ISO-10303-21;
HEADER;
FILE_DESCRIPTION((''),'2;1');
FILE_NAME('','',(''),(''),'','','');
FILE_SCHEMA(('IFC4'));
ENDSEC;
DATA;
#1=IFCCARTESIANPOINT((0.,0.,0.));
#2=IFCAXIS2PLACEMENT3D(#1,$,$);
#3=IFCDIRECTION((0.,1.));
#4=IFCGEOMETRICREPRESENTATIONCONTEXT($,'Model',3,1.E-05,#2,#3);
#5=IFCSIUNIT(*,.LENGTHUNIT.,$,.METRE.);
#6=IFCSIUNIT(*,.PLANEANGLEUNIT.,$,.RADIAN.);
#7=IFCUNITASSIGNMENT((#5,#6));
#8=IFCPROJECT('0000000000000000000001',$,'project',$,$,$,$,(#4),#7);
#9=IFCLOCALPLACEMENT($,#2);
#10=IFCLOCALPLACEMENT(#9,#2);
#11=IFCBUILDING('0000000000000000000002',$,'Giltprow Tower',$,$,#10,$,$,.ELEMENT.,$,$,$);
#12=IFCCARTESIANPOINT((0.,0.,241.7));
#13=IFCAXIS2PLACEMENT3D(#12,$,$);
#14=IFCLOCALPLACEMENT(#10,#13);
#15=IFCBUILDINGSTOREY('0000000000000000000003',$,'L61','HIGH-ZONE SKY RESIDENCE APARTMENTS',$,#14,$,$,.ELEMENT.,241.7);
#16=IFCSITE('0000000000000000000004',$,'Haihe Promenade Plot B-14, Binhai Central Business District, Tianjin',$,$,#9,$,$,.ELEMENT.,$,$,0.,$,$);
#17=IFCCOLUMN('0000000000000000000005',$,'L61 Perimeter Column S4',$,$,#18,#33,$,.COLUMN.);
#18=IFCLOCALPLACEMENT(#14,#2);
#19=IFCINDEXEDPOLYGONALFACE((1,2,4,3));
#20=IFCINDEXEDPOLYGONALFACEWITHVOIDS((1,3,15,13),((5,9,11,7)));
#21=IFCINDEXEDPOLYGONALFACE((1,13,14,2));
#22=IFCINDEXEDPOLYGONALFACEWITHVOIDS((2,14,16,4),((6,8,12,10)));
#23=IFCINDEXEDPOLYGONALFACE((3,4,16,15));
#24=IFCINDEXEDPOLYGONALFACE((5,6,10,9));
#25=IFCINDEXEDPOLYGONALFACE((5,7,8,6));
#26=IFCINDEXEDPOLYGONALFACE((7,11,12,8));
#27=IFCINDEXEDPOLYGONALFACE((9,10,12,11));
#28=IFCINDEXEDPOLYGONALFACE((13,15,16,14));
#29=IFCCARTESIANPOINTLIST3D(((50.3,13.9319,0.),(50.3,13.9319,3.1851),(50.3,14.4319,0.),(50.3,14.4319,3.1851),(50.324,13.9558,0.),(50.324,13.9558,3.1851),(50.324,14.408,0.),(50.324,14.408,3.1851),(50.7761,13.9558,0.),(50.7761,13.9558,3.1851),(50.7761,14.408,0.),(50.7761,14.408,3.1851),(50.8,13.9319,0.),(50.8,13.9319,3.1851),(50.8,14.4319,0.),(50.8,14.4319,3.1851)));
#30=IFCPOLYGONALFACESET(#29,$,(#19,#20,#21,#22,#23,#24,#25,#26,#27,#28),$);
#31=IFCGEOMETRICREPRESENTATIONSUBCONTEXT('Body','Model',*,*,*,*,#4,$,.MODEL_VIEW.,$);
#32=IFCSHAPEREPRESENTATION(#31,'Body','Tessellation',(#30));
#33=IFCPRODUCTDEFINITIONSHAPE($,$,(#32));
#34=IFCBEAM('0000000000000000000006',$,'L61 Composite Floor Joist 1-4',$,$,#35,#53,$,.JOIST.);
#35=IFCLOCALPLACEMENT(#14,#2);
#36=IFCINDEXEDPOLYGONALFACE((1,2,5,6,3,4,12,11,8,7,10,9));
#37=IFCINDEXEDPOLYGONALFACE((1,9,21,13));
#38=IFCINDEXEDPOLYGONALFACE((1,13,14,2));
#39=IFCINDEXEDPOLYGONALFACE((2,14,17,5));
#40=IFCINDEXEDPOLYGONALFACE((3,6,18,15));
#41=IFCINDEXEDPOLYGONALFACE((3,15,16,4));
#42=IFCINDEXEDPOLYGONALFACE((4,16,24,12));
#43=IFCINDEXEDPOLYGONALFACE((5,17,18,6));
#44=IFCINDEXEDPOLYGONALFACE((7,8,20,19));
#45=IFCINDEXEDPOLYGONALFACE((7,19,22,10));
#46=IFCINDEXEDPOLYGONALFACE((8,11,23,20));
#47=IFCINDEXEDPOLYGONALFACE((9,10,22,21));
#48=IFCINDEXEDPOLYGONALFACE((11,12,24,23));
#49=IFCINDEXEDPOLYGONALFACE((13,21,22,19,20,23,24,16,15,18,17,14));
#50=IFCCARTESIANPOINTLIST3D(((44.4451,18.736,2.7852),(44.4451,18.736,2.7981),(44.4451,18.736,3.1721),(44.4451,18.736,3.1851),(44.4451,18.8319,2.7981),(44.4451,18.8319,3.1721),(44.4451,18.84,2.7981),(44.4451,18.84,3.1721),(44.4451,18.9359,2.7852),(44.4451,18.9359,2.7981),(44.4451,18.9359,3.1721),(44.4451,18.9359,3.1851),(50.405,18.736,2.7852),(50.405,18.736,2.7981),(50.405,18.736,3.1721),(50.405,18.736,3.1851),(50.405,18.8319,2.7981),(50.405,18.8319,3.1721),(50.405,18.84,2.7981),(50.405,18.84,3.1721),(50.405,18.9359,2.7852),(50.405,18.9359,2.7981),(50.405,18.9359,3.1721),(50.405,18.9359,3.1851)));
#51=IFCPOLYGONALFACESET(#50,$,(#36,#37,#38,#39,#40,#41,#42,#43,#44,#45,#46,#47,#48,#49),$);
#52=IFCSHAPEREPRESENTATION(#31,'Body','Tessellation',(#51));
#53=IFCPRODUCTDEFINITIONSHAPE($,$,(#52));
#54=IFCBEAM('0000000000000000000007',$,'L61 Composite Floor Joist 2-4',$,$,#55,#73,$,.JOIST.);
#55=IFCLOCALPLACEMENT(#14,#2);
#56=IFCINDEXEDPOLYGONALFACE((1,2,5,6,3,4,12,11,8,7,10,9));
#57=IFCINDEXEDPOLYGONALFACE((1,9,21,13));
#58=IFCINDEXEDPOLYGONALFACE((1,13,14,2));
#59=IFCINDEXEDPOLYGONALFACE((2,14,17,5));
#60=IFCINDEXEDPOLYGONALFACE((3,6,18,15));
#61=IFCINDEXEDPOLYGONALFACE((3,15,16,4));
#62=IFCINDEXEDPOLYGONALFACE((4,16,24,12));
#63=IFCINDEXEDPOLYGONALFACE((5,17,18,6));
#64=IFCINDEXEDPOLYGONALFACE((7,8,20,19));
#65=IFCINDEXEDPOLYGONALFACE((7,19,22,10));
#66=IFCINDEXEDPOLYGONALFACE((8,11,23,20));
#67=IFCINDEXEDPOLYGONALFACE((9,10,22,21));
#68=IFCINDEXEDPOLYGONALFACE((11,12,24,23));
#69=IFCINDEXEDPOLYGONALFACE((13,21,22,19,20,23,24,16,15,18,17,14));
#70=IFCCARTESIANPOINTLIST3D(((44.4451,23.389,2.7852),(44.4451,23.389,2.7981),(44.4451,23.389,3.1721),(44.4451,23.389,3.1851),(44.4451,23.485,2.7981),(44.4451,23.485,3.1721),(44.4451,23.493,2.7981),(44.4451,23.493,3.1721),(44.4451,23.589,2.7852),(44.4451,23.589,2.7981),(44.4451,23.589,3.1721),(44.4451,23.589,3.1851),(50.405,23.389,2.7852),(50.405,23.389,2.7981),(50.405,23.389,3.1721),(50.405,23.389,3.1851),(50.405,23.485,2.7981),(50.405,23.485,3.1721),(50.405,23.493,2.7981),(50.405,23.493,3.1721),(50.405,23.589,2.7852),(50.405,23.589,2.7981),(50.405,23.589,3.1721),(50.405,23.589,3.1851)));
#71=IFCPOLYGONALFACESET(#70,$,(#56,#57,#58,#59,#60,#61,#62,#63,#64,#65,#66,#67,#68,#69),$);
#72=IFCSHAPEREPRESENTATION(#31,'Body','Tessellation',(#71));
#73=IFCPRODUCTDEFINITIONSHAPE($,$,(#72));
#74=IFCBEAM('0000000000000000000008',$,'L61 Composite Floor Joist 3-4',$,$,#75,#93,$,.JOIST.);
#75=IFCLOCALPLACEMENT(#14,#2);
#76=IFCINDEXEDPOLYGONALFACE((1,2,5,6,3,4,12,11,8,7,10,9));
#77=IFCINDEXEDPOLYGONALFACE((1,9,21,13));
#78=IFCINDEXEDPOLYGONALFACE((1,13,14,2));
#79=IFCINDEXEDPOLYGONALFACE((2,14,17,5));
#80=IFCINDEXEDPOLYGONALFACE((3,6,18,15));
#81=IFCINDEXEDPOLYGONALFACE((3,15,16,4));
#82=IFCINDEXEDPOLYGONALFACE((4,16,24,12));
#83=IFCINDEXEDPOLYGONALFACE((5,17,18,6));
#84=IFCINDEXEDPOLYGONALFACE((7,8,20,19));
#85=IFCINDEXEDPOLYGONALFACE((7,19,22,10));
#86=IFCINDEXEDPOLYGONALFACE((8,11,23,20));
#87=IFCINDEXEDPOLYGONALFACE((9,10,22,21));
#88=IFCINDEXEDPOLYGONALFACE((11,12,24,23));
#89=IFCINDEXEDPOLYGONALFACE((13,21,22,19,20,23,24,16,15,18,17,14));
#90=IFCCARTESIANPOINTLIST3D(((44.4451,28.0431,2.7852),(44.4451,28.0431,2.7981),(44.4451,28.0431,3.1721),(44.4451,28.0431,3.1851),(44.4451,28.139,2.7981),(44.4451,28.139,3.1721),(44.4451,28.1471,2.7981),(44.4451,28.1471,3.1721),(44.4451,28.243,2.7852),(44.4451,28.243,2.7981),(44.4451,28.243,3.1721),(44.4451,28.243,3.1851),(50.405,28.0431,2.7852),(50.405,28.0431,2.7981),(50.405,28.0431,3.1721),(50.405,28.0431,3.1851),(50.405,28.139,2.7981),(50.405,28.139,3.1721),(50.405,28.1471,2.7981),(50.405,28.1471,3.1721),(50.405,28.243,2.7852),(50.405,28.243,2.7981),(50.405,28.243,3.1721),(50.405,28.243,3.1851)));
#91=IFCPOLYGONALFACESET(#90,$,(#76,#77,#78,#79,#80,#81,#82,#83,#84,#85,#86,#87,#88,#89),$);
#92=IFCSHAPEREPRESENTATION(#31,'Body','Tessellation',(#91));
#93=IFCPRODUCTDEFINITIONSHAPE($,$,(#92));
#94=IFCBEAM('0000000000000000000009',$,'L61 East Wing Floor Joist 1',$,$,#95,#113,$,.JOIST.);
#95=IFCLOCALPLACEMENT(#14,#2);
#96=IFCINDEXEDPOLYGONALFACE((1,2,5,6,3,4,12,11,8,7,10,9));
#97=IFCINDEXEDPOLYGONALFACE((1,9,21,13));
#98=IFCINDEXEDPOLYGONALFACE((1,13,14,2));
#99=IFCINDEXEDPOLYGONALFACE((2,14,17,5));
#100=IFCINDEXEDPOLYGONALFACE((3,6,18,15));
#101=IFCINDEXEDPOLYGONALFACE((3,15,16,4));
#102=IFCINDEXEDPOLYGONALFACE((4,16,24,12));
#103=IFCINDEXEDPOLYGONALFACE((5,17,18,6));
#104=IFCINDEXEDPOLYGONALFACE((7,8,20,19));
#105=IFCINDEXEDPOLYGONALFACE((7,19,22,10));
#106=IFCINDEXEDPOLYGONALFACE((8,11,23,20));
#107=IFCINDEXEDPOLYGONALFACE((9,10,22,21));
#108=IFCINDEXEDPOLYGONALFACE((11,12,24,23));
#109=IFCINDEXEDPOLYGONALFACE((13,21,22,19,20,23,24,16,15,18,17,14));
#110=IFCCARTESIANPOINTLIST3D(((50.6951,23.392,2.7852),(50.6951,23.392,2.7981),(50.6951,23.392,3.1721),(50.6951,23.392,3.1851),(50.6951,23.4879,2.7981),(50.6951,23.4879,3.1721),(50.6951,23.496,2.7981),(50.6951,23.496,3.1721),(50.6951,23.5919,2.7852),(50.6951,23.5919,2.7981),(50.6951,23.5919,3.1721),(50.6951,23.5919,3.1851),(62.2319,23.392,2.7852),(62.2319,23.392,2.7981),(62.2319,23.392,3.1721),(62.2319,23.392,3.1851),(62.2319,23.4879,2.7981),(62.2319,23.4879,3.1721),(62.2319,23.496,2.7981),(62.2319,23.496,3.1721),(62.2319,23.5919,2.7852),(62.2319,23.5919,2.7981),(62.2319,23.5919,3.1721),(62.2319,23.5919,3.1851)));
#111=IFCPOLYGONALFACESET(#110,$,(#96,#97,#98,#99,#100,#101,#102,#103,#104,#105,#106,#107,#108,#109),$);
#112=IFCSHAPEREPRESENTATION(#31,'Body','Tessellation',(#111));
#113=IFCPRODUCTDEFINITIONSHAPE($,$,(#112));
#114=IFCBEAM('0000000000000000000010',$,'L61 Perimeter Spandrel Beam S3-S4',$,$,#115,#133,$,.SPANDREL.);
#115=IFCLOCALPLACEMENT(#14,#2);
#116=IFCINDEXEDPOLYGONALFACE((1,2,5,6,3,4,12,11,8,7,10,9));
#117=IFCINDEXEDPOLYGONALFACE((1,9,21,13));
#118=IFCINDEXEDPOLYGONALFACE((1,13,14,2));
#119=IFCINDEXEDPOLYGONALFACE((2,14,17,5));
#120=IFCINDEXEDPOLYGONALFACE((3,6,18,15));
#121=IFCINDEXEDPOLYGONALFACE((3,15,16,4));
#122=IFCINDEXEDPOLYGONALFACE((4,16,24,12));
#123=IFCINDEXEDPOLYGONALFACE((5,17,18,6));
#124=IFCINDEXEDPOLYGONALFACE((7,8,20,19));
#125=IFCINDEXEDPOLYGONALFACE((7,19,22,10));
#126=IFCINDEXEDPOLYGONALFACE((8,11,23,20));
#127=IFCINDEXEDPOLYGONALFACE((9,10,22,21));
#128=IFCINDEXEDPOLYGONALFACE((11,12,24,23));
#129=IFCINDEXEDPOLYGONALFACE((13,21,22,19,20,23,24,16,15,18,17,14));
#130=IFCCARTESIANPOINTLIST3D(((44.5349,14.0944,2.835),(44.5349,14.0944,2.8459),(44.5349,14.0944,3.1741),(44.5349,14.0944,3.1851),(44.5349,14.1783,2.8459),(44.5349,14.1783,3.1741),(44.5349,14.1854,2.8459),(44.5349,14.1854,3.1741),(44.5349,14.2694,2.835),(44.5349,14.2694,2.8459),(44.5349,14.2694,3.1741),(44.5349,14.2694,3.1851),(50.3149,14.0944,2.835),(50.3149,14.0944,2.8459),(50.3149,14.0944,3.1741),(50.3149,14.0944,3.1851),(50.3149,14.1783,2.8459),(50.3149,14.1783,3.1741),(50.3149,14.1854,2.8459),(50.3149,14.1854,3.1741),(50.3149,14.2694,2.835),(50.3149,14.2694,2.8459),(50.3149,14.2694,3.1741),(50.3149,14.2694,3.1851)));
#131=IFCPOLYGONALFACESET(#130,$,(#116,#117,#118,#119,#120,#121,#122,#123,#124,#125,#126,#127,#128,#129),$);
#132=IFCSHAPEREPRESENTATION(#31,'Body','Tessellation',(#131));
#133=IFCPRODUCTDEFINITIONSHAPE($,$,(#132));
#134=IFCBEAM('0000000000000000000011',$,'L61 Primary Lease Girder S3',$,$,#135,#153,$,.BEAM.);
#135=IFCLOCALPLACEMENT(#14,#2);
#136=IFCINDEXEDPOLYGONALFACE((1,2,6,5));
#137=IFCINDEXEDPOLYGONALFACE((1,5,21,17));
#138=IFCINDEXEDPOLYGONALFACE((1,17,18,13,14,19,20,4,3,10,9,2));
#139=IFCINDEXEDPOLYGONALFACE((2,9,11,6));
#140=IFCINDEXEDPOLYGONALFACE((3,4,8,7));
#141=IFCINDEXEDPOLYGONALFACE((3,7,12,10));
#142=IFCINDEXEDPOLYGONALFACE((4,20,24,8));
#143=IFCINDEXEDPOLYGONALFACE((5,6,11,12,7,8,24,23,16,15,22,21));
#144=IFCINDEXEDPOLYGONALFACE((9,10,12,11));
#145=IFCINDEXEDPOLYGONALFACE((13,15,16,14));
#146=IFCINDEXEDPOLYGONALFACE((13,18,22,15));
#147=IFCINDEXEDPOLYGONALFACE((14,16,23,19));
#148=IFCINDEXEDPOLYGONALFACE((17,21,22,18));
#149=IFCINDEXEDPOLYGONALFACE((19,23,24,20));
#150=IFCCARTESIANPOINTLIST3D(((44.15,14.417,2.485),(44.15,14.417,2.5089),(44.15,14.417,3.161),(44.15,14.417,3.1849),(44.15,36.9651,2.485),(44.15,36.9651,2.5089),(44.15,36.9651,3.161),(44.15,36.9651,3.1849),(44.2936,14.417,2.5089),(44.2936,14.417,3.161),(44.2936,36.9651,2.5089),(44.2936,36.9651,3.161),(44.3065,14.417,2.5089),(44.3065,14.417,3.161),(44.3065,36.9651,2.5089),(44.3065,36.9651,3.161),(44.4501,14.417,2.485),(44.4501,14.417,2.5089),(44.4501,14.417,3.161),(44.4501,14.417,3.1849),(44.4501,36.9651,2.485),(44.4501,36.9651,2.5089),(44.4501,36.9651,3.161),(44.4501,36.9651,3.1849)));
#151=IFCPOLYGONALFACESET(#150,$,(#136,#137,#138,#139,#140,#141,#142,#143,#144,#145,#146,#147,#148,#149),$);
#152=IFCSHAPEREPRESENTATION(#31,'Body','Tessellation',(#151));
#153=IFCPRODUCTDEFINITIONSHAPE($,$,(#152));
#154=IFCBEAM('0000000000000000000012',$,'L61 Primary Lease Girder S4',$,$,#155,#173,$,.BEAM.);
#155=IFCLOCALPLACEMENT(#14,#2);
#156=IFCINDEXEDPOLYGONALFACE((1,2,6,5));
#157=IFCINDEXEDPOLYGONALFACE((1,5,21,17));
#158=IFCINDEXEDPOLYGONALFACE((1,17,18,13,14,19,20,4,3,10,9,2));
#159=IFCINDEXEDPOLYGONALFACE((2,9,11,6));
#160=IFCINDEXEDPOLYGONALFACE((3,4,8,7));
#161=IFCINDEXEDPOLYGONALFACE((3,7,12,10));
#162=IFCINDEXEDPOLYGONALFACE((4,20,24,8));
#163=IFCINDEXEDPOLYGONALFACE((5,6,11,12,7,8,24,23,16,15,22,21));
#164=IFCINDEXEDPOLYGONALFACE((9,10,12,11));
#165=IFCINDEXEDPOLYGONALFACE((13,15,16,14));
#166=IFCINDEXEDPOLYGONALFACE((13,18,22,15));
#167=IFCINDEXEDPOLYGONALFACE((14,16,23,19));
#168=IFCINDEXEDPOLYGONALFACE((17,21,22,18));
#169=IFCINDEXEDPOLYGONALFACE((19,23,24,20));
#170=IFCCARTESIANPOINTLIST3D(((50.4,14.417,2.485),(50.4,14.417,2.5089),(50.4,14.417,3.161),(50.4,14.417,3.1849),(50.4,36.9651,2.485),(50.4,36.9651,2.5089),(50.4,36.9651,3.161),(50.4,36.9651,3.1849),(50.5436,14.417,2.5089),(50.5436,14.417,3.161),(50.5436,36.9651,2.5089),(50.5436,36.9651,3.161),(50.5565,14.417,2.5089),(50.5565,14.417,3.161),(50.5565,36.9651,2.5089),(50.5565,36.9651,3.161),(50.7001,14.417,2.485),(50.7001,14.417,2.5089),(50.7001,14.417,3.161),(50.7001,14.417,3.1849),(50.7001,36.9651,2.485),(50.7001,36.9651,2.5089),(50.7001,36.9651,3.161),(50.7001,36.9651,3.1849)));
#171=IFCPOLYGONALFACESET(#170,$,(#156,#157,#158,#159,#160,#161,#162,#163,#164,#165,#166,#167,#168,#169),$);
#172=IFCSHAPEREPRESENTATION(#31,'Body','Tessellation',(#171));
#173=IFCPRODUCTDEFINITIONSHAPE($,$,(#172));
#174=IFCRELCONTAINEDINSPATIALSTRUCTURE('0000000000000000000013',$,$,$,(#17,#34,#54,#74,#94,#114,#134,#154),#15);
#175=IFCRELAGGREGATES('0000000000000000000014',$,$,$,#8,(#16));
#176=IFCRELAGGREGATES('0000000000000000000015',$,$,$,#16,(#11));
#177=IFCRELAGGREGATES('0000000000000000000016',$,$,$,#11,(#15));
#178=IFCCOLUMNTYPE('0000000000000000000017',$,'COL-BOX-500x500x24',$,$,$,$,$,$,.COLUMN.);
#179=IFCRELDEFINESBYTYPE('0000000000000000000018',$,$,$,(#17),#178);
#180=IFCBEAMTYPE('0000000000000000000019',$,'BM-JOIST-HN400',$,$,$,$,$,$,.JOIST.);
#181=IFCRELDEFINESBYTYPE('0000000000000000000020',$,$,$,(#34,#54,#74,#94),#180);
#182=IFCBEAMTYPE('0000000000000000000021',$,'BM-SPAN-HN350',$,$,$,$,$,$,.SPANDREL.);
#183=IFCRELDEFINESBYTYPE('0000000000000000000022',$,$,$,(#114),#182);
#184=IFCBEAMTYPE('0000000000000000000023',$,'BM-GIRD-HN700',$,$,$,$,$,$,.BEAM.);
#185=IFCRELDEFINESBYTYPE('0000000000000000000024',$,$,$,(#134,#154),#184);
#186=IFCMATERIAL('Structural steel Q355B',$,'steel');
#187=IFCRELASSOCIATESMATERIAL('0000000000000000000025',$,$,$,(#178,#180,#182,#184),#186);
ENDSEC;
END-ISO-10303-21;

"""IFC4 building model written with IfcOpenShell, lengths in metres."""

from ifc_helpers import new_model, si_unit, direction, frame, origin, origin_2d, place, context, subcontext, project, spatial, hollow_rectangle, i_section, extrude, source, transform, mapped, material, material_profile, profile_set, type_object, element, save


model = new_model("IFC4")

# Units and contexts
model_context = context("Model", 3, precision=1e-05, world=origin(), true_north=direction((0.0, 1.0)))
body_context = subcontext(model_context, "Body", "Model", "MODEL_VIEW")
ifc_project = project(units=[si_unit("LENGTHUNIT", "METRE"), si_unit("PLANEANGLEUNIT", "RADIAN")], contexts=[model_context])

# Site, building, storey
site_placement = place(None, origin())
site = spatial("IfcSite", under=ifc_project, at=site_placement, Name="Haihe Promenade Plot B-14, Binhai Central Business District, Tianjin", CompositionType="ELEMENT", RefElevation=0.0)
building_placement = place(site_placement, origin())
building = spatial("IfcBuilding", under=site, at=building_placement, Name="Giltprow Tower", CompositionType="ELEMENT")
storey_placement = place(building_placement, frame((0.0, 0.0, 241.7)))
storey = spatial("IfcBuildingStorey", under=building, at=storey_placement, Name="L61", Description="HIGH-ZONE SKY RESIDENCE APARTMENTS", CompositionType="ELEMENT", Elevation=241.7)

# Column
ifc_material_1 = material(Name="Structural steel Q355B", Category="steel")
ifc_material_profile_1 = material_profile(ifc_material_1, hollow_rectangle(XDim=0.5, YDim=0.5, WallThickness=0.0239, at=origin_2d()), Name="BOX 500x500x24")
ifc_profile_set_1 = profile_set([ifc_material_profile_1], Name="Structural steel Q355B")
column_type = type_object("IfcColumnType", Name="COL-BOX-500x500x24", PredefinedType="COLUMN", material=ifc_profile_set_1)
shared_shape_1 = source(origin(), body_context, "Body", "SweptSolid", [
    extrude(hollow_rectangle(XDim=0.5, YDim=0.5, WallThickness=0.0239, at=origin_2d()), origin(), (0.0, 0.0, 1.0), 3.1851),
])
column_placement = place(storey_placement, frame((50.55, 14.1819, 0.0), z_axis=(0.0, 0.0, 1.0), x_axis=(1.0, 0.0, 0.0)))
element("IfcColumn", 1, at=column_placement, inside=storey, type_object=column_type, Name="L61 Perimeter Column S4", PredefinedType="COLUMN", context=body_context, shape_type="MappedRepresentation", body=[
    mapped(shared_shape_1, transform((0.0, 0.0, 0.0), x_axis=(1.0, 0.0, 0.0), y_axis=(0.0, 1.0, 0.0), z_axis=(0.0, 0.0, 1.0), scale=1.0)),
])

# Beams
ifc_material_profile_2 = material_profile(ifc_material_1, i_section(OverallWidth=0.2, OverallDepth=0.3999, WebThickness=0.0081, FlangeThickness=0.0129, at=origin_2d()), Name="HN 400x200x8x13")
ifc_profile_set_2 = profile_set([ifc_material_profile_2], Name="Structural steel Q355B")
beam_type_1 = type_object("IfcBeamType", Name="BM-JOIST-HN400", PredefinedType="JOIST", material=ifc_profile_set_2)
shared_shape_2 = source(origin(), body_context, "Body", "SweptSolid", [
    extrude(i_section(OverallWidth=0.2, OverallDepth=0.3999, WebThickness=0.0081, FlangeThickness=0.0129, at=origin_2d()), origin(), (0.0, 0.0, 1.0), 5.96),
])
for number, where, z_axis, x_axis, name in (
    (2, (44.4451, 18.8359, 2.9851), (1.0, 0.0, 0.0), (0.0, 1.0, 0.0), "L61 Composite Floor Joist 1-4"),
    (3, (44.4451, 23.489, 2.9851), (1.0, 0.0, 0.0), (0.0, 1.0, 0.0), "L61 Composite Floor Joist 2-4"),
    (4, (44.4451, 28.1431, 2.9851), (1.0, 0.0, 0.0), (0.0, 1.0, 0.0), "L61 Composite Floor Joist 3-4"),
):
    element("IfcBeam", number, at=place(storey_placement, frame(where, z_axis=z_axis, x_axis=x_axis)), inside=storey, type_object=beam_type_1, Name=name, PredefinedType="JOIST", context=body_context, shape_type="MappedRepresentation", body=[
        mapped(shared_shape_2, transform((0.0, 0.0, 0.0), x_axis=(1.0, 0.0, 0.0), y_axis=(0.0, 1.0, 0.0), z_axis=(0.0, 0.0, 1.0), scale=1.0)),
    ])
shared_shape_3 = source(origin(), body_context, "Body", "SweptSolid", [
    extrude(i_section(OverallWidth=0.2, OverallDepth=0.3999, WebThickness=0.0081, FlangeThickness=0.0129, at=origin_2d()), origin(), (0.0, 0.0, 1.0), 11.5369),
])
beam_1_placement = place(storey_placement, frame((50.6951, 23.4919, 2.9851), z_axis=(1.0, 0.0, 0.0), x_axis=(0.0, 1.0, 0.0)))
element("IfcBeam", 5, at=beam_1_placement, inside=storey, type_object=beam_type_1, Name="L61 East Wing Floor Joist 1", PredefinedType="JOIST", context=body_context, shape_type="MappedRepresentation", body=[
    mapped(shared_shape_3, transform((0.0, 0.0, 0.0), x_axis=(1.0, 0.0, 0.0), y_axis=(0.0, 1.0, 0.0), z_axis=(0.0, 0.0, 1.0), scale=1.0)),
])
ifc_material_profile_3 = material_profile(ifc_material_1, i_section(OverallWidth=0.175, OverallDepth=0.3501, WebThickness=0.0071, FlangeThickness=0.011, at=origin_2d()), Name="HN 350x175x7x11")
ifc_profile_set_3 = profile_set([ifc_material_profile_3], Name="Structural steel Q355B")
beam_type_2 = type_object("IfcBeamType", Name="BM-SPAN-HN350", PredefinedType="SPANDREL", material=ifc_profile_set_3)
shared_shape_4 = source(origin(), body_context, "Body", "SweptSolid", [
    extrude(i_section(OverallWidth=0.175, OverallDepth=0.3501, WebThickness=0.0071, FlangeThickness=0.011, at=origin_2d()), origin(), (0.0, 0.0, 1.0), 5.78),
])
beam_2_placement = place(storey_placement, frame((44.5349, 14.1819, 3.01), z_axis=(1.0, 0.0, 0.0), x_axis=(0.0, 1.0, 0.0)))
element("IfcBeam", 6, at=beam_2_placement, inside=storey, type_object=beam_type_2, Name="L61 Perimeter Spandrel Beam S3-S4", PredefinedType="SPANDREL", context=body_context, shape_type="MappedRepresentation", body=[
    mapped(shared_shape_4, transform((0.0, 0.0, 0.0), x_axis=(1.0, 0.0, 0.0), y_axis=(0.0, 1.0, 0.0), z_axis=(0.0, 0.0, 1.0), scale=1.0)),
])
ifc_material_profile_4 = material_profile(ifc_material_1, i_section(OverallWidth=0.3, OverallDepth=0.7, WebThickness=0.0129, FlangeThickness=0.0239, at=origin_2d()), Name="HN 700x300x13x24")
ifc_profile_set_4 = profile_set([ifc_material_profile_4], Name="Structural steel Q355B")
beam_type_3 = type_object("IfcBeamType", Name="BM-GIRD-HN700", PredefinedType="BEAM", material=ifc_profile_set_4)
shared_shape_5 = source(origin(), body_context, "Body", "SweptSolid", [
    extrude(i_section(OverallWidth=0.3, OverallDepth=0.7, WebThickness=0.0129, FlangeThickness=0.0239, at=origin_2d()), origin(), (0.0, 0.0, 1.0), 22.5481),
])
for number, where, z_axis, x_axis, name in (
    (7, (44.3, 14.417, 2.835), (0.0, 1.0, 0.0), (-1.0, 0.0, 0.0), "L61 Primary Lease Girder S3"),
    (8, (50.55, 14.417, 2.835), (0.0, 1.0, 0.0), (-1.0, 0.0, 0.0), "L61 Primary Lease Girder S4"),
):
    element("IfcBeam", number, at=place(storey_placement, frame(where, z_axis=z_axis, x_axis=x_axis)), inside=storey, type_object=beam_type_3, Name=name, PredefinedType="BEAM", context=body_context, shape_type="MappedRepresentation", body=[
        mapped(shared_shape_5, transform((0.0, 0.0, 0.0), x_axis=(1.0, 0.0, 0.0), y_axis=(0.0, 1.0, 0.0), z_axis=(0.0, 0.0, 1.0), scale=1.0)),
    ])

save(model, "model.ifc")
